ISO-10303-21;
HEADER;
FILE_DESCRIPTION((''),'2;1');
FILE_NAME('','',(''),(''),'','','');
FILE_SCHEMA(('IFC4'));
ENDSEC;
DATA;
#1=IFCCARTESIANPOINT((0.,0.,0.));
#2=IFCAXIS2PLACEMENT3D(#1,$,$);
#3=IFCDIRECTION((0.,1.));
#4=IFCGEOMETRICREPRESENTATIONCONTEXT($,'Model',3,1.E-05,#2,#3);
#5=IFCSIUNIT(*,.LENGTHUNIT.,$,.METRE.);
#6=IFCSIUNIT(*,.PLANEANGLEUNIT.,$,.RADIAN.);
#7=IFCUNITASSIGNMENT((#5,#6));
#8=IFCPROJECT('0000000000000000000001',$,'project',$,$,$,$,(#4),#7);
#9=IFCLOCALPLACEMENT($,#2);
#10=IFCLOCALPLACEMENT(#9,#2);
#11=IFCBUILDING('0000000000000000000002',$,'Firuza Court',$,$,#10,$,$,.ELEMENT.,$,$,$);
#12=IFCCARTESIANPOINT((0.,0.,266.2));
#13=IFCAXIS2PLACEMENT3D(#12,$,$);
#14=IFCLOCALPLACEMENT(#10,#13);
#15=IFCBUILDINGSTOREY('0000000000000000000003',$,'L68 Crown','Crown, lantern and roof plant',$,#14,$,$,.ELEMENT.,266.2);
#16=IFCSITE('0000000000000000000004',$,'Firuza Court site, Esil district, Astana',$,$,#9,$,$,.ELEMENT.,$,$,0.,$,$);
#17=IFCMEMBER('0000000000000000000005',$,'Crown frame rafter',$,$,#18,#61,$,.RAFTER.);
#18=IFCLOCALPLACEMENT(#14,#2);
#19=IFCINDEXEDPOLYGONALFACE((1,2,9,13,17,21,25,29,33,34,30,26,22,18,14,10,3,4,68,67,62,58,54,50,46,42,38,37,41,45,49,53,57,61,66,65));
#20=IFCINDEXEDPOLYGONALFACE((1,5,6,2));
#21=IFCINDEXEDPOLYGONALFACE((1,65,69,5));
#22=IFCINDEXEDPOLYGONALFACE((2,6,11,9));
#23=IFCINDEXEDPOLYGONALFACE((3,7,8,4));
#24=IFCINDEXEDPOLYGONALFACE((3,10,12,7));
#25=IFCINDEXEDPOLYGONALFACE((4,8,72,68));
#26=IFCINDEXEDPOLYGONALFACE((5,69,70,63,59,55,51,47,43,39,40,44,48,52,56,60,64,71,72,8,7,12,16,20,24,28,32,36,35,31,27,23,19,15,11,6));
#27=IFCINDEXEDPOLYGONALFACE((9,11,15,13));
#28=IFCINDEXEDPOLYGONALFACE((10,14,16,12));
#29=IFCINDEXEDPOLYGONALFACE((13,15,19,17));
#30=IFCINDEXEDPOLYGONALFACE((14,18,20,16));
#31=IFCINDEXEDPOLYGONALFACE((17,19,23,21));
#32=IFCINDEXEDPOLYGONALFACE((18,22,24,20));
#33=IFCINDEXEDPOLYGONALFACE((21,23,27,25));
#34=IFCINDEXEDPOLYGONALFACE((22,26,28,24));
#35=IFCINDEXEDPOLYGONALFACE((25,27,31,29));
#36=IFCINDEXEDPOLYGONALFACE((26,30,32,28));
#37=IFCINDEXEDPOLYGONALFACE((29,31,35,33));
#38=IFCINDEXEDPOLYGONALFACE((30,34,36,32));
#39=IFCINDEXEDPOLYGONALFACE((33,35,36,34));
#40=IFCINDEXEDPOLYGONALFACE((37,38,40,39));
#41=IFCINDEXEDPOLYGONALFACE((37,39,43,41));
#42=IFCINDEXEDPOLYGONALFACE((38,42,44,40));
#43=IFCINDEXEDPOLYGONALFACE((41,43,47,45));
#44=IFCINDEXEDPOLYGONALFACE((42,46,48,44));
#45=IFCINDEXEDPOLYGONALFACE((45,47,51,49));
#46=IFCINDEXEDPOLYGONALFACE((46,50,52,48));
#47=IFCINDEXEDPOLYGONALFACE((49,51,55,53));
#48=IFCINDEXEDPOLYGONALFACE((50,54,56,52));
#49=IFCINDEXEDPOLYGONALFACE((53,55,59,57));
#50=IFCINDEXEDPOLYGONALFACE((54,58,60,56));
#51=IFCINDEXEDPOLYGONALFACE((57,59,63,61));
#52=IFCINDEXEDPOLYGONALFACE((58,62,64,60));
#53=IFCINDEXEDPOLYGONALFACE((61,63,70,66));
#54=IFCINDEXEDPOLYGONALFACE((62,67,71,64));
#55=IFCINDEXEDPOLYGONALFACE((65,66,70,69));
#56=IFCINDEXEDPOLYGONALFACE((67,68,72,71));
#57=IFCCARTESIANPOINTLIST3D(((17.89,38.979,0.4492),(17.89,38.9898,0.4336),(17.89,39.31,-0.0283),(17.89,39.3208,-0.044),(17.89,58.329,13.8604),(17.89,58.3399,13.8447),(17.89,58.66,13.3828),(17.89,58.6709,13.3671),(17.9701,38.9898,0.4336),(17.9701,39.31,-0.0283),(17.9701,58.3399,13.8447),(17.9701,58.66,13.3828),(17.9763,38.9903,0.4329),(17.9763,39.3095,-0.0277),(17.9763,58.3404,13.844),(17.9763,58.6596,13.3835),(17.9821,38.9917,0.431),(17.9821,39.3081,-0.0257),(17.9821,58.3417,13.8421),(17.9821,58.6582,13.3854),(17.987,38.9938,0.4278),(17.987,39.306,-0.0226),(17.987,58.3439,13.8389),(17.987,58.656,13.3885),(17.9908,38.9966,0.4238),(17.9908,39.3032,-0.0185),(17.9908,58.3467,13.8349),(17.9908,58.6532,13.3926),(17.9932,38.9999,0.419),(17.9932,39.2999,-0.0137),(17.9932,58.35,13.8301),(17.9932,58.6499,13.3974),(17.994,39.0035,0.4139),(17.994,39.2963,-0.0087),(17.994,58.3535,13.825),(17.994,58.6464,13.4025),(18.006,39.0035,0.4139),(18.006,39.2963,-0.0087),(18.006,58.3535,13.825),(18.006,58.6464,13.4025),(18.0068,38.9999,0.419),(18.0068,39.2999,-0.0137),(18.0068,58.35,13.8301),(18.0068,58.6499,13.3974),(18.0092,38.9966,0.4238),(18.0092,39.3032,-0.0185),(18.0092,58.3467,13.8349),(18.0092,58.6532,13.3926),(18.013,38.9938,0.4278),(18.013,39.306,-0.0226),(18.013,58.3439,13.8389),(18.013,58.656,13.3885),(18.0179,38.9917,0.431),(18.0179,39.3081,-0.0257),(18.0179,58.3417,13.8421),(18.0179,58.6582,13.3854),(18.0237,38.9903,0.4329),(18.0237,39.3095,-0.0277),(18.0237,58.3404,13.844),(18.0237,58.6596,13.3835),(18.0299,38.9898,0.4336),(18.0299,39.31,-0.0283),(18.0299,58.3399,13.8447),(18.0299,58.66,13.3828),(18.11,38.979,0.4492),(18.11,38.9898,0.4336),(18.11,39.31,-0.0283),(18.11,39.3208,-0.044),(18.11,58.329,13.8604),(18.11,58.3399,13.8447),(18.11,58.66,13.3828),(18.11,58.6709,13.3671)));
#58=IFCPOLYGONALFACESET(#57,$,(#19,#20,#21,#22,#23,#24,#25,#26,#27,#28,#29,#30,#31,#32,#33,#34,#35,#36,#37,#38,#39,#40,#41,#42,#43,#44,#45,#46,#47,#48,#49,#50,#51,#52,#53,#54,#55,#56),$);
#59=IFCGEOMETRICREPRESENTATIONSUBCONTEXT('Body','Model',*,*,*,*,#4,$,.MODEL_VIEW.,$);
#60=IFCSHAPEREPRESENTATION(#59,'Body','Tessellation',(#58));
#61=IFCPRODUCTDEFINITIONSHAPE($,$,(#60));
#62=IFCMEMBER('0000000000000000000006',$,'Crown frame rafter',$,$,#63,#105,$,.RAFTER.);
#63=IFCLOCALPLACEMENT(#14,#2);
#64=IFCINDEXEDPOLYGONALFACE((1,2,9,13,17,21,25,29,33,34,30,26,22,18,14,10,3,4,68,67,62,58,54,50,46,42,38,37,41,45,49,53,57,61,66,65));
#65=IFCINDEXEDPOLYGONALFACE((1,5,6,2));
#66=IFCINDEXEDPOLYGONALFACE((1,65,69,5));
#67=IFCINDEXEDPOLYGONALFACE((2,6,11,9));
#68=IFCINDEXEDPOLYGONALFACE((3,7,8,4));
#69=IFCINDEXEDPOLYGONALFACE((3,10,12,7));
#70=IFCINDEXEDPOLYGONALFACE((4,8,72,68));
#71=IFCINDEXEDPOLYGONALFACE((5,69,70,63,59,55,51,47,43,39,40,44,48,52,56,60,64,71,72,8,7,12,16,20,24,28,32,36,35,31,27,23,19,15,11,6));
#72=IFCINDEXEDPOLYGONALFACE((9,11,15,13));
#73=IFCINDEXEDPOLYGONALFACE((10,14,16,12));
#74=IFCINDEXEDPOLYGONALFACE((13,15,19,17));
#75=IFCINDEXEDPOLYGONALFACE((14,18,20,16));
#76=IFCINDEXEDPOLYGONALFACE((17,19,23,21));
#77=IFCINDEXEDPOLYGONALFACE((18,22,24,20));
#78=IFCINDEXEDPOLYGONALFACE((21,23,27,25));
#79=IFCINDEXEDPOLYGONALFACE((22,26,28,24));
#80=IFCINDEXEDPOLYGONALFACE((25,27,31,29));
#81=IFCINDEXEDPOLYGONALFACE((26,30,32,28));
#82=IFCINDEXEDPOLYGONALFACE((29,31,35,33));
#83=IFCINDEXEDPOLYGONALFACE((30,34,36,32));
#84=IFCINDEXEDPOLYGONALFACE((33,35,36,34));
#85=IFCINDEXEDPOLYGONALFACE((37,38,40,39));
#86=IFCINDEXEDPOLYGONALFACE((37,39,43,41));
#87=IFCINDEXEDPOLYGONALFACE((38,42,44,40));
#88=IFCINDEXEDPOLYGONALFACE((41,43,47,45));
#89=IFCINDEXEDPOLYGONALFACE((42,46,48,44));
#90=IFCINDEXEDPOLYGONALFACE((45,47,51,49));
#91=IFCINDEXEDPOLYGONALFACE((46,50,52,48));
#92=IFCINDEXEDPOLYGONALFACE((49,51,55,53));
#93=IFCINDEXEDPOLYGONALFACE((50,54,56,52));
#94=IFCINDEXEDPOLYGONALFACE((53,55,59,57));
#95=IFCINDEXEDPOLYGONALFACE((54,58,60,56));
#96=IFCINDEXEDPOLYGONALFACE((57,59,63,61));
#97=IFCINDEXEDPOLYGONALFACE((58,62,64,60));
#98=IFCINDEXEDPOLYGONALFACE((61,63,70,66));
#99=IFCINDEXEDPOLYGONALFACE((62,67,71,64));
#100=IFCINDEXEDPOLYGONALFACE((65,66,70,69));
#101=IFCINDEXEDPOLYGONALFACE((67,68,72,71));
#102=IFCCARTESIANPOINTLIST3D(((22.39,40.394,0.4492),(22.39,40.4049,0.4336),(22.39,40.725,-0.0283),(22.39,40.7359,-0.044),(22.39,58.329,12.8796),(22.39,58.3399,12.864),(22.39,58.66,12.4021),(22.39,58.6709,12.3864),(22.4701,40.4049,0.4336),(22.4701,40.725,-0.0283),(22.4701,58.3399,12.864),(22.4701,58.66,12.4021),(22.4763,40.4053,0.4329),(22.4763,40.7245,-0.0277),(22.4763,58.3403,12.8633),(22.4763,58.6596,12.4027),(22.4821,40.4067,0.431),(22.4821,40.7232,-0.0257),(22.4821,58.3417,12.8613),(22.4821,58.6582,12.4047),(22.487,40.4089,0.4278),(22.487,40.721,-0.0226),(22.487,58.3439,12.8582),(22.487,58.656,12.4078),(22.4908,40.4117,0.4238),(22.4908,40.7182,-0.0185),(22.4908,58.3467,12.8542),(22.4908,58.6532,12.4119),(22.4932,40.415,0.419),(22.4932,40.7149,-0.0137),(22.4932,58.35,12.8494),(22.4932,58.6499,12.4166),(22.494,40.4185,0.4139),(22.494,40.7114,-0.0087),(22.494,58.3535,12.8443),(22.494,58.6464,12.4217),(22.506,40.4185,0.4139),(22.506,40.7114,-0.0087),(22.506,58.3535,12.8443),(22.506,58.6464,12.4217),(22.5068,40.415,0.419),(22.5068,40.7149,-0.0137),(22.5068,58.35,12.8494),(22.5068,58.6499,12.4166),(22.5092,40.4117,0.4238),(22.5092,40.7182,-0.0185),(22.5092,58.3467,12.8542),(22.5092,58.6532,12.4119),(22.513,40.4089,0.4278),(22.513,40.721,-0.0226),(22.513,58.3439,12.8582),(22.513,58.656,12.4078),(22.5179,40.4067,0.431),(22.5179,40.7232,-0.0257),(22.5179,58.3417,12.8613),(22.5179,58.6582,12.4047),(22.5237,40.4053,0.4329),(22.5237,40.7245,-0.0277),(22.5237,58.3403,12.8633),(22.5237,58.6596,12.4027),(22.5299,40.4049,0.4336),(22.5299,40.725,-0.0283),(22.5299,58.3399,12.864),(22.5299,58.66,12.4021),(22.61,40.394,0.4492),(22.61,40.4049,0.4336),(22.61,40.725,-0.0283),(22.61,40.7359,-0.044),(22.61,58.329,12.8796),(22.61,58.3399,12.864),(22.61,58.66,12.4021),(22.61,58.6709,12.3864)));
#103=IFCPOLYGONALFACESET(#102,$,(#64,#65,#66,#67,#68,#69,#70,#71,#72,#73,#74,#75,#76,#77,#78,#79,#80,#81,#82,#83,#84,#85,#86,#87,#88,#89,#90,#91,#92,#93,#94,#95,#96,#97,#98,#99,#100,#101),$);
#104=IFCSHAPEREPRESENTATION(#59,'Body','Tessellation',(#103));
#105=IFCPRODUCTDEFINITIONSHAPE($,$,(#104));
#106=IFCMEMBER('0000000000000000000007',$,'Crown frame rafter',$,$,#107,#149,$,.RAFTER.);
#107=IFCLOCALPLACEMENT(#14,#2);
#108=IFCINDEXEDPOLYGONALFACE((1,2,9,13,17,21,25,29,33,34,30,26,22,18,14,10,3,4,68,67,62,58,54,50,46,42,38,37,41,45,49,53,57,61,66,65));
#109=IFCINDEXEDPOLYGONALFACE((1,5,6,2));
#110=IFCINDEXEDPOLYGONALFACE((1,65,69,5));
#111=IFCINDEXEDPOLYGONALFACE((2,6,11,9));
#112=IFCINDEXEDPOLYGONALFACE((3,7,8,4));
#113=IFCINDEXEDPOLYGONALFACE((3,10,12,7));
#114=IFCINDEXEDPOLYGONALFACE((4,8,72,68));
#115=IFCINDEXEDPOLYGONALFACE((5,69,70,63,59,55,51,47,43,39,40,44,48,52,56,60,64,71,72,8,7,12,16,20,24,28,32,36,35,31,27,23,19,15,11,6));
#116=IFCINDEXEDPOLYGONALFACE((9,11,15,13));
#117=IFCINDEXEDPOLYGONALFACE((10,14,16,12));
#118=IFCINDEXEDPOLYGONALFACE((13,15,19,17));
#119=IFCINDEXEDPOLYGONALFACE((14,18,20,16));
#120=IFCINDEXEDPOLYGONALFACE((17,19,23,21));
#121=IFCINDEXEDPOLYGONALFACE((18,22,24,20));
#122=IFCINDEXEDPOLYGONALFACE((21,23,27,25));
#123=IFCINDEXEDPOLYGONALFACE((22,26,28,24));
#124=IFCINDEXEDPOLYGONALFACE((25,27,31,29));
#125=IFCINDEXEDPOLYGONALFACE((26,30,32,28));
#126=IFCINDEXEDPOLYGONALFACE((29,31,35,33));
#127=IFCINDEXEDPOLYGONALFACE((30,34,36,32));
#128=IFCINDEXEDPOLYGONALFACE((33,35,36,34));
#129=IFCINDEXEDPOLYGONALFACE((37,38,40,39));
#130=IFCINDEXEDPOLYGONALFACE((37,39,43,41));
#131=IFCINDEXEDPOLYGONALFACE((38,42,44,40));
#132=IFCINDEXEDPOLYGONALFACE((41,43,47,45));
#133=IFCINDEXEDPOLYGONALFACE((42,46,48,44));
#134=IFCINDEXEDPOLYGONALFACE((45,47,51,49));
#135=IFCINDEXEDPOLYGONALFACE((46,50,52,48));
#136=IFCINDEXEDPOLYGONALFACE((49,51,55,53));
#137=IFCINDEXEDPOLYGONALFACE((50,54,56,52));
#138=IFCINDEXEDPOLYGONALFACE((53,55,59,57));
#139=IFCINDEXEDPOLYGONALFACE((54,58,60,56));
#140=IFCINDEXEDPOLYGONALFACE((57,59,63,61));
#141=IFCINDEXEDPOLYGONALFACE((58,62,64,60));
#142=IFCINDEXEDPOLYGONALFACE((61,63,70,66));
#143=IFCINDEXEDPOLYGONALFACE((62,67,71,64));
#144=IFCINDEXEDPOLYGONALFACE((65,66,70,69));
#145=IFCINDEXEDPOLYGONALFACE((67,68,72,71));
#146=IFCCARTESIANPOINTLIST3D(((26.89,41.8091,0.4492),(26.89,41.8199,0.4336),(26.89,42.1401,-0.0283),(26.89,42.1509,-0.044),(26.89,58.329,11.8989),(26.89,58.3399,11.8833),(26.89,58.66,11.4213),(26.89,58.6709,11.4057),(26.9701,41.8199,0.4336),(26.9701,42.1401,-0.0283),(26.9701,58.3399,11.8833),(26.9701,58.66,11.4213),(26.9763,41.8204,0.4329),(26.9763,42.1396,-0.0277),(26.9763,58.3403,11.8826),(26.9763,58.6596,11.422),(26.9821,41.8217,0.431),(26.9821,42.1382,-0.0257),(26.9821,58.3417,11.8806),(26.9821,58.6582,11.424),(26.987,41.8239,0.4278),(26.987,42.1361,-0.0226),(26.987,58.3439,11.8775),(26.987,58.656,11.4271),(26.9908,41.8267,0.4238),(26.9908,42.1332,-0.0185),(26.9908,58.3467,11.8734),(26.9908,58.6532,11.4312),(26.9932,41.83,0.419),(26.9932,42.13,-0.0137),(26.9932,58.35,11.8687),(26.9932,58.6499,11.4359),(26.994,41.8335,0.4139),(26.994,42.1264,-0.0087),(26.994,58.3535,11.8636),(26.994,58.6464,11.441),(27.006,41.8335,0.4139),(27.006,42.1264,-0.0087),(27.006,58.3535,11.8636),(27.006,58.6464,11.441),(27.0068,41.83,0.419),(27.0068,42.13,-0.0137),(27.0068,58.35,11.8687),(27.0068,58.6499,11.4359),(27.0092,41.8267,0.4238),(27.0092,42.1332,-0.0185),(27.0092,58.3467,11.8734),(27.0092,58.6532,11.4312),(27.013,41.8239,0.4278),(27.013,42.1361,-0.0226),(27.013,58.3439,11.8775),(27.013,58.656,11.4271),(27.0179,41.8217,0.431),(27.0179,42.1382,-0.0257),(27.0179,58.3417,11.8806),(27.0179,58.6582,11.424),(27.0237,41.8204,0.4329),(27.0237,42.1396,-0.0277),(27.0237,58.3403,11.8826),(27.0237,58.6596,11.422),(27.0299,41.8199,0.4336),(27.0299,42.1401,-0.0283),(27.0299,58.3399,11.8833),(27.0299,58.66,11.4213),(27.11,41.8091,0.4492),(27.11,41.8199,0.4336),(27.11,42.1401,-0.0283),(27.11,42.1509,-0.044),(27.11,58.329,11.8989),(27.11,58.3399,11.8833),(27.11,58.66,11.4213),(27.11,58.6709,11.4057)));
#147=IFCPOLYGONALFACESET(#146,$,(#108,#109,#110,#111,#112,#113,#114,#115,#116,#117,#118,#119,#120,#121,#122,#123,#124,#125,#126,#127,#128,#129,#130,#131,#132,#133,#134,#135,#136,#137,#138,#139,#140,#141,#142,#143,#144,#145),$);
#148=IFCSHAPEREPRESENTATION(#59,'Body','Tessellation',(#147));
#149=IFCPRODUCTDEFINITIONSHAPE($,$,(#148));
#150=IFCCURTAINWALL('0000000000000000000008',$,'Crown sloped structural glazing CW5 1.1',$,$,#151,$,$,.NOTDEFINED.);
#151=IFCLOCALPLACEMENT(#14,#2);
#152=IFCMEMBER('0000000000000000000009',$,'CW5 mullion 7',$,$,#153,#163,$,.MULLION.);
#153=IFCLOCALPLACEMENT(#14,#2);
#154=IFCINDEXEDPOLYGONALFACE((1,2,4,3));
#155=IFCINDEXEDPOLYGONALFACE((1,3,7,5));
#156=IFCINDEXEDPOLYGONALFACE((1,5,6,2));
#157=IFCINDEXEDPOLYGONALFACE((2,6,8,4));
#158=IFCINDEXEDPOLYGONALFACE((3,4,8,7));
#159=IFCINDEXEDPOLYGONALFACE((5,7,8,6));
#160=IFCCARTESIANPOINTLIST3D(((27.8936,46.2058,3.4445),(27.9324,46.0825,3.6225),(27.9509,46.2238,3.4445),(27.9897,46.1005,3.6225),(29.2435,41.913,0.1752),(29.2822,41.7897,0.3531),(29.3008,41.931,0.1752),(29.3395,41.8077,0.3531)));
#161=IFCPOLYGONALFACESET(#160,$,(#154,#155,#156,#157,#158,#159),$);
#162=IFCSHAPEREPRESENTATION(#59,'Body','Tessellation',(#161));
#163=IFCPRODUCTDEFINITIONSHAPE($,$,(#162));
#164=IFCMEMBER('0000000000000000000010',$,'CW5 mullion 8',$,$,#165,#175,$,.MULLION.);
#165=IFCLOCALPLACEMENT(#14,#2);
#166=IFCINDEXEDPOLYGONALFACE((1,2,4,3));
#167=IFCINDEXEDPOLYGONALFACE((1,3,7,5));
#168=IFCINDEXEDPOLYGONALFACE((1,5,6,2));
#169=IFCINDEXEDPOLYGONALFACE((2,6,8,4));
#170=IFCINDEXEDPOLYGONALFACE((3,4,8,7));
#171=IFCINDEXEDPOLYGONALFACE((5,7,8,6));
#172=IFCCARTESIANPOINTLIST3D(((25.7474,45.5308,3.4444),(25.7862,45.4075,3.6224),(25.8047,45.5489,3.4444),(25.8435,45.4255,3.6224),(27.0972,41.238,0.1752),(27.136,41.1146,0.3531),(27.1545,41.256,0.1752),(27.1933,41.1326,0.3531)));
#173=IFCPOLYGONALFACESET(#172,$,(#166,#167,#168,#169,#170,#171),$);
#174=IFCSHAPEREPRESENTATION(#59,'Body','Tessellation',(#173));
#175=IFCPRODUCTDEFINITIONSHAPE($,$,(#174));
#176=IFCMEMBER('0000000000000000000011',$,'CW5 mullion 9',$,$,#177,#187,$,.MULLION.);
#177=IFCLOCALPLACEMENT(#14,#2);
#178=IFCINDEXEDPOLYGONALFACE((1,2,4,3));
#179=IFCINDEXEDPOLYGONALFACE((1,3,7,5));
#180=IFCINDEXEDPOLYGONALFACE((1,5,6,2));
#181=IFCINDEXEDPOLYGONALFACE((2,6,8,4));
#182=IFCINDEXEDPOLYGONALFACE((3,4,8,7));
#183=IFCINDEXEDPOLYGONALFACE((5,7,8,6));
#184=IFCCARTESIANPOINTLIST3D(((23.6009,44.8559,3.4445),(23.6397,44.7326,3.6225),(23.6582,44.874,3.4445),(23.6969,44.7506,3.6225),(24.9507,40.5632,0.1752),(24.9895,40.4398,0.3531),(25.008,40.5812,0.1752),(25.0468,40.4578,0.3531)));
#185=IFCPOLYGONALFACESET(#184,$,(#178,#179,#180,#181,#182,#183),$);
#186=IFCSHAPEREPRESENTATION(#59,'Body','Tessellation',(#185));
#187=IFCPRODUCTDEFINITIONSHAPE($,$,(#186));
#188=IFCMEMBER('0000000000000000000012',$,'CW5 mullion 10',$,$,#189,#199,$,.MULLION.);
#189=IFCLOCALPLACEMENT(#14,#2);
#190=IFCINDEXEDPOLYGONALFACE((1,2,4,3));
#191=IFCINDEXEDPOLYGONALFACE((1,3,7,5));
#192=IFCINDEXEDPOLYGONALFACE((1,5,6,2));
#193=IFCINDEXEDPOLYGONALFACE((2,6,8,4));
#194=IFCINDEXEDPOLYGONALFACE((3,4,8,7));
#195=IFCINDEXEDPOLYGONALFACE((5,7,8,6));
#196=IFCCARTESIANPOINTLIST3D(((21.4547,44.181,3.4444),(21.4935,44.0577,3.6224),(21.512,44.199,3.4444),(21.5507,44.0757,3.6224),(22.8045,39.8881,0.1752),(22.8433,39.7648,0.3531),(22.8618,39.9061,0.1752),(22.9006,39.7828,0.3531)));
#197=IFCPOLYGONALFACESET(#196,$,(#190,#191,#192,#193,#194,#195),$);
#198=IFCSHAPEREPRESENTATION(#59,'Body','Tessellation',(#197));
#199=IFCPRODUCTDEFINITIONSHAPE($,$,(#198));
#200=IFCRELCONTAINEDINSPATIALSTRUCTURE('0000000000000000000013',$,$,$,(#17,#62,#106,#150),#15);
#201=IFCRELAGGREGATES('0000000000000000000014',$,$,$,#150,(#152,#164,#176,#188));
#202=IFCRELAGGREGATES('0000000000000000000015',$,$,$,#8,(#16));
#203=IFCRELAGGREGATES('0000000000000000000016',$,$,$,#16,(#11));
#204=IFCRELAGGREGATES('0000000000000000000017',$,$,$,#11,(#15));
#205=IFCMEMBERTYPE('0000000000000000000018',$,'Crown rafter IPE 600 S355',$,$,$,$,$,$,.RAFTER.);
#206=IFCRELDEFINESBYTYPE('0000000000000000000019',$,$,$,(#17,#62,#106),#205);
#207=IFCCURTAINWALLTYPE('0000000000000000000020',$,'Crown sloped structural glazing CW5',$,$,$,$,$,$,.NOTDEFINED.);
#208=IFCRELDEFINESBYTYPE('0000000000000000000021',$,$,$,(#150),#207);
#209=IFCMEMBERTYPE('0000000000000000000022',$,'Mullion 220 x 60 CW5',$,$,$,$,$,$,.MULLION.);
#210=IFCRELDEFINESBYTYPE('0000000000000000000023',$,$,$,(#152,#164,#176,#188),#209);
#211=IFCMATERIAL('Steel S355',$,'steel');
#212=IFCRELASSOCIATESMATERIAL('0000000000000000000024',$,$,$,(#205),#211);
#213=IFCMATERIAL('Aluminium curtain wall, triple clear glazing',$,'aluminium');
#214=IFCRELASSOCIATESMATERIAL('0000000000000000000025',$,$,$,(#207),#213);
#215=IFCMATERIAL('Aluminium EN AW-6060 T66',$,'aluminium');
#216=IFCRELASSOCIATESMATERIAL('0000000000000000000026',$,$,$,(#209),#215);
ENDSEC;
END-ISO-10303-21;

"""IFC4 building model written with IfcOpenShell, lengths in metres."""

from ifc_helpers import new_model, si_unit, direction, frame, origin, origin_2d, place, context, subcontext, project, spatial, rectangle, i_section, extrude, material, material_profile, profile_set, type_object, element, aggregate, save


model = new_model("IFC4")

# Units and contexts
model_context = context("Model", 3, precision=1e-05, world=origin(), true_north=direction((0.0, 1.0)))
body_context = subcontext(model_context, "Body", "Model", "MODEL_VIEW")
ifc_project = project(units=[si_unit("LENGTHUNIT", "METRE"), si_unit("PLANEANGLEUNIT", "RADIAN")], contexts=[model_context])

# Site, building, storey
site_placement = place(None, origin())
site = spatial("IfcSite", under=ifc_project, at=site_placement, Name="Firuza Court site, Esil district, Astana", CompositionType="ELEMENT", RefElevation=0.0)
building_placement = place(site_placement, origin())
building = spatial("IfcBuilding", under=site, at=building_placement, Name="Firuza Court", CompositionType="ELEMENT")
storey_placement = place(building_placement, frame((0.0, 0.0, 266.2)))
storey = spatial("IfcBuildingStorey", under=building, at=storey_placement, Name="L68 Crown", Description="Crown, lantern and roof plant", CompositionType="ELEMENT", Elevation=266.2)

# Members
ifc_material_1 = material(Name="Steel S355", Category="steel")
ifc_material_profile_1 = material_profile(ifc_material_1, i_section(OverallWidth=0.22, OverallDepth=0.6001, WebThickness=0.012, FlangeThickness=0.019, FilletRadius=0.0239, at=origin_2d()), Name="IPE 600")
ifc_profile_set_1 = profile_set([ifc_material_profile_1], Name="Steel S355")
member_type_1 = type_object("IfcMemberType", Name="Crown rafter IPE 600 S355", PredefinedType="RAFTER", material=ifc_profile_set_1)
member_1_placement = place(storey_placement, frame((18.0, 39.1499, 0.2026), z_axis=(0.0, 0.821896, 0.569638), x_axis=(-1.0, 0.0, 0.0)))
element("IfcMember", 1, at=member_1_placement, inside=storey, type_object=member_type_1, Name="Crown frame rafter", PredefinedType="RAFTER", context=body_context, shape_type="SweptSolid", body=[
    extrude(i_section(OverallWidth=0.22, OverallDepth=0.6001, WebThickness=0.012, FlangeThickness=0.019, FilletRadius=0.0239, at=origin_2d()), origin(), (0.0, 0.0, 1.0), 23.5432),
])
member_2_placement = place(storey_placement, frame((22.5, 40.5649, 0.2026), z_axis=(0.0, 0.821895, 0.569639), x_axis=(-1.0, 0.0, 0.0)))
element("IfcMember", 2, at=member_2_placement, inside=storey, type_object=member_type_1, Name="Crown frame rafter", PredefinedType="RAFTER", context=body_context, shape_type="SweptSolid", body=[
    extrude(i_section(OverallWidth=0.22, OverallDepth=0.6001, WebThickness=0.012, FlangeThickness=0.019, FilletRadius=0.0239, at=origin_2d()), origin(), (0.0, 0.0, 1.0), 21.8215),
])
member_3_placement = place(storey_placement, frame((27.0, 41.98, 0.2026), z_axis=(0.0, 0.821895, 0.569639), x_axis=(-1.0, 0.0, 0.0)))
element("IfcMember", 3, at=member_3_placement, inside=storey, type_object=member_type_1, Name="Crown frame rafter", PredefinedType="RAFTER", context=body_context, shape_type="SweptSolid", body=[
    extrude(i_section(OverallWidth=0.22, OverallDepth=0.6001, WebThickness=0.012, FlangeThickness=0.019, FilletRadius=0.0239, at=origin_2d()), origin(), (0.0, 0.0, 1.0), 20.0999),
])

# Curtain wall, members
ifc_material_2 = material(Name="Aluminium curtain wall, triple clear glazing", Category="aluminium")
curtain_wall_type = type_object("IfcCurtainWallType", Name="Crown sloped structural glazing CW5", PredefinedType="NOTDEFINED", material=ifc_material_2)
curtain_wall_placement = place(storey_placement, origin())
curtain_wall = element("IfcCurtainWall", 4, at=curtain_wall_placement, inside=storey, type_object=curtain_wall_type, Name="Crown sloped structural glazing CW5 1.1", PredefinedType="NOTDEFINED")
ifc_material_3 = material(Name="Aluminium EN AW-6060 T66", Category="aluminium")
ifc_material_profile_2 = material_profile(ifc_material_3, rectangle(XDim=0.0601, YDim=0.22, at=origin_2d()), Name="Mullion 220 x 60 CW5")
ifc_profile_set_2 = profile_set([ifc_material_profile_2], Name="Aluminium EN AW-6060 T66")
member_type_2 = type_object("IfcMemberType", Name="Mullion 220 x 60 CW5", PredefinedType="MULLION", material=ifc_profile_set_2)
member_4_placement = place(storey_placement, frame((29.2915, 41.8604, 0.2642), z_axis=(-0.242684, 0.77177, 0.587771), x_axis=(-0.953948, -0.29997, 0.0)))
member_4 = element("IfcMember", 5, at=member_4_placement, type_object=member_type_2, Name="CW5 mullion 7", PredefinedType="MULLION", context=body_context, shape_type="SweptSolid", body=[
    extrude(rectangle(XDim=0.0601, YDim=0.22, at=origin_2d()), origin(), (0.0, 0.0, 1.0), 5.5623),
])
member_5_placement = place(storey_placement, frame((27.1453, 41.1853, 0.2642), z_axis=(-0.242676, 0.771788, 0.587751), x_axis=(-0.953953, -0.299955, 0.0)))
member_5 = element("IfcMember", 6, at=member_5_placement, type_object=member_type_2, Name="CW5 mullion 8", PredefinedType="MULLION", context=body_context, shape_type="SweptSolid", body=[
    extrude(rectangle(XDim=0.0601, YDim=0.22, at=origin_2d()), origin(), (0.0, 0.0, 1.0), 5.5623),
])
member_6_placement = place(storey_placement, frame((24.9988, 40.5105, 0.2642), z_axis=(-0.242684, 0.77177, 0.587771), x_axis=(-0.953948, -0.29997, 0.0)))
member_6 = element("IfcMember", 7, at=member_6_placement, type_object=member_type_2, Name="CW5 mullion 9", PredefinedType="MULLION", context=body_context, shape_type="SweptSolid", body=[
    extrude(rectangle(XDim=0.0601, YDim=0.22, at=origin_2d()), origin(), (0.0, 0.0, 1.0), 5.5623),
])
member_7_placement = place(storey_placement, frame((22.8525, 39.8354, 0.2642), z_axis=(-0.242676, 0.771788, 0.587751), x_axis=(-0.953953, -0.299955, 0.0)))
member_7 = element("IfcMember", 8, at=member_7_placement, type_object=member_type_2, Name="CW5 mullion 10", PredefinedType="MULLION", context=body_context, shape_type="SweptSolid", body=[
    extrude(rectangle(XDim=0.0601, YDim=0.22, at=origin_2d()), origin(), (0.0, 0.0, 1.0), 5.5623),
])
aggregate(curtain_wall, [member_4, member_5, member_6, member_7])

save(model, "model.ifc")
